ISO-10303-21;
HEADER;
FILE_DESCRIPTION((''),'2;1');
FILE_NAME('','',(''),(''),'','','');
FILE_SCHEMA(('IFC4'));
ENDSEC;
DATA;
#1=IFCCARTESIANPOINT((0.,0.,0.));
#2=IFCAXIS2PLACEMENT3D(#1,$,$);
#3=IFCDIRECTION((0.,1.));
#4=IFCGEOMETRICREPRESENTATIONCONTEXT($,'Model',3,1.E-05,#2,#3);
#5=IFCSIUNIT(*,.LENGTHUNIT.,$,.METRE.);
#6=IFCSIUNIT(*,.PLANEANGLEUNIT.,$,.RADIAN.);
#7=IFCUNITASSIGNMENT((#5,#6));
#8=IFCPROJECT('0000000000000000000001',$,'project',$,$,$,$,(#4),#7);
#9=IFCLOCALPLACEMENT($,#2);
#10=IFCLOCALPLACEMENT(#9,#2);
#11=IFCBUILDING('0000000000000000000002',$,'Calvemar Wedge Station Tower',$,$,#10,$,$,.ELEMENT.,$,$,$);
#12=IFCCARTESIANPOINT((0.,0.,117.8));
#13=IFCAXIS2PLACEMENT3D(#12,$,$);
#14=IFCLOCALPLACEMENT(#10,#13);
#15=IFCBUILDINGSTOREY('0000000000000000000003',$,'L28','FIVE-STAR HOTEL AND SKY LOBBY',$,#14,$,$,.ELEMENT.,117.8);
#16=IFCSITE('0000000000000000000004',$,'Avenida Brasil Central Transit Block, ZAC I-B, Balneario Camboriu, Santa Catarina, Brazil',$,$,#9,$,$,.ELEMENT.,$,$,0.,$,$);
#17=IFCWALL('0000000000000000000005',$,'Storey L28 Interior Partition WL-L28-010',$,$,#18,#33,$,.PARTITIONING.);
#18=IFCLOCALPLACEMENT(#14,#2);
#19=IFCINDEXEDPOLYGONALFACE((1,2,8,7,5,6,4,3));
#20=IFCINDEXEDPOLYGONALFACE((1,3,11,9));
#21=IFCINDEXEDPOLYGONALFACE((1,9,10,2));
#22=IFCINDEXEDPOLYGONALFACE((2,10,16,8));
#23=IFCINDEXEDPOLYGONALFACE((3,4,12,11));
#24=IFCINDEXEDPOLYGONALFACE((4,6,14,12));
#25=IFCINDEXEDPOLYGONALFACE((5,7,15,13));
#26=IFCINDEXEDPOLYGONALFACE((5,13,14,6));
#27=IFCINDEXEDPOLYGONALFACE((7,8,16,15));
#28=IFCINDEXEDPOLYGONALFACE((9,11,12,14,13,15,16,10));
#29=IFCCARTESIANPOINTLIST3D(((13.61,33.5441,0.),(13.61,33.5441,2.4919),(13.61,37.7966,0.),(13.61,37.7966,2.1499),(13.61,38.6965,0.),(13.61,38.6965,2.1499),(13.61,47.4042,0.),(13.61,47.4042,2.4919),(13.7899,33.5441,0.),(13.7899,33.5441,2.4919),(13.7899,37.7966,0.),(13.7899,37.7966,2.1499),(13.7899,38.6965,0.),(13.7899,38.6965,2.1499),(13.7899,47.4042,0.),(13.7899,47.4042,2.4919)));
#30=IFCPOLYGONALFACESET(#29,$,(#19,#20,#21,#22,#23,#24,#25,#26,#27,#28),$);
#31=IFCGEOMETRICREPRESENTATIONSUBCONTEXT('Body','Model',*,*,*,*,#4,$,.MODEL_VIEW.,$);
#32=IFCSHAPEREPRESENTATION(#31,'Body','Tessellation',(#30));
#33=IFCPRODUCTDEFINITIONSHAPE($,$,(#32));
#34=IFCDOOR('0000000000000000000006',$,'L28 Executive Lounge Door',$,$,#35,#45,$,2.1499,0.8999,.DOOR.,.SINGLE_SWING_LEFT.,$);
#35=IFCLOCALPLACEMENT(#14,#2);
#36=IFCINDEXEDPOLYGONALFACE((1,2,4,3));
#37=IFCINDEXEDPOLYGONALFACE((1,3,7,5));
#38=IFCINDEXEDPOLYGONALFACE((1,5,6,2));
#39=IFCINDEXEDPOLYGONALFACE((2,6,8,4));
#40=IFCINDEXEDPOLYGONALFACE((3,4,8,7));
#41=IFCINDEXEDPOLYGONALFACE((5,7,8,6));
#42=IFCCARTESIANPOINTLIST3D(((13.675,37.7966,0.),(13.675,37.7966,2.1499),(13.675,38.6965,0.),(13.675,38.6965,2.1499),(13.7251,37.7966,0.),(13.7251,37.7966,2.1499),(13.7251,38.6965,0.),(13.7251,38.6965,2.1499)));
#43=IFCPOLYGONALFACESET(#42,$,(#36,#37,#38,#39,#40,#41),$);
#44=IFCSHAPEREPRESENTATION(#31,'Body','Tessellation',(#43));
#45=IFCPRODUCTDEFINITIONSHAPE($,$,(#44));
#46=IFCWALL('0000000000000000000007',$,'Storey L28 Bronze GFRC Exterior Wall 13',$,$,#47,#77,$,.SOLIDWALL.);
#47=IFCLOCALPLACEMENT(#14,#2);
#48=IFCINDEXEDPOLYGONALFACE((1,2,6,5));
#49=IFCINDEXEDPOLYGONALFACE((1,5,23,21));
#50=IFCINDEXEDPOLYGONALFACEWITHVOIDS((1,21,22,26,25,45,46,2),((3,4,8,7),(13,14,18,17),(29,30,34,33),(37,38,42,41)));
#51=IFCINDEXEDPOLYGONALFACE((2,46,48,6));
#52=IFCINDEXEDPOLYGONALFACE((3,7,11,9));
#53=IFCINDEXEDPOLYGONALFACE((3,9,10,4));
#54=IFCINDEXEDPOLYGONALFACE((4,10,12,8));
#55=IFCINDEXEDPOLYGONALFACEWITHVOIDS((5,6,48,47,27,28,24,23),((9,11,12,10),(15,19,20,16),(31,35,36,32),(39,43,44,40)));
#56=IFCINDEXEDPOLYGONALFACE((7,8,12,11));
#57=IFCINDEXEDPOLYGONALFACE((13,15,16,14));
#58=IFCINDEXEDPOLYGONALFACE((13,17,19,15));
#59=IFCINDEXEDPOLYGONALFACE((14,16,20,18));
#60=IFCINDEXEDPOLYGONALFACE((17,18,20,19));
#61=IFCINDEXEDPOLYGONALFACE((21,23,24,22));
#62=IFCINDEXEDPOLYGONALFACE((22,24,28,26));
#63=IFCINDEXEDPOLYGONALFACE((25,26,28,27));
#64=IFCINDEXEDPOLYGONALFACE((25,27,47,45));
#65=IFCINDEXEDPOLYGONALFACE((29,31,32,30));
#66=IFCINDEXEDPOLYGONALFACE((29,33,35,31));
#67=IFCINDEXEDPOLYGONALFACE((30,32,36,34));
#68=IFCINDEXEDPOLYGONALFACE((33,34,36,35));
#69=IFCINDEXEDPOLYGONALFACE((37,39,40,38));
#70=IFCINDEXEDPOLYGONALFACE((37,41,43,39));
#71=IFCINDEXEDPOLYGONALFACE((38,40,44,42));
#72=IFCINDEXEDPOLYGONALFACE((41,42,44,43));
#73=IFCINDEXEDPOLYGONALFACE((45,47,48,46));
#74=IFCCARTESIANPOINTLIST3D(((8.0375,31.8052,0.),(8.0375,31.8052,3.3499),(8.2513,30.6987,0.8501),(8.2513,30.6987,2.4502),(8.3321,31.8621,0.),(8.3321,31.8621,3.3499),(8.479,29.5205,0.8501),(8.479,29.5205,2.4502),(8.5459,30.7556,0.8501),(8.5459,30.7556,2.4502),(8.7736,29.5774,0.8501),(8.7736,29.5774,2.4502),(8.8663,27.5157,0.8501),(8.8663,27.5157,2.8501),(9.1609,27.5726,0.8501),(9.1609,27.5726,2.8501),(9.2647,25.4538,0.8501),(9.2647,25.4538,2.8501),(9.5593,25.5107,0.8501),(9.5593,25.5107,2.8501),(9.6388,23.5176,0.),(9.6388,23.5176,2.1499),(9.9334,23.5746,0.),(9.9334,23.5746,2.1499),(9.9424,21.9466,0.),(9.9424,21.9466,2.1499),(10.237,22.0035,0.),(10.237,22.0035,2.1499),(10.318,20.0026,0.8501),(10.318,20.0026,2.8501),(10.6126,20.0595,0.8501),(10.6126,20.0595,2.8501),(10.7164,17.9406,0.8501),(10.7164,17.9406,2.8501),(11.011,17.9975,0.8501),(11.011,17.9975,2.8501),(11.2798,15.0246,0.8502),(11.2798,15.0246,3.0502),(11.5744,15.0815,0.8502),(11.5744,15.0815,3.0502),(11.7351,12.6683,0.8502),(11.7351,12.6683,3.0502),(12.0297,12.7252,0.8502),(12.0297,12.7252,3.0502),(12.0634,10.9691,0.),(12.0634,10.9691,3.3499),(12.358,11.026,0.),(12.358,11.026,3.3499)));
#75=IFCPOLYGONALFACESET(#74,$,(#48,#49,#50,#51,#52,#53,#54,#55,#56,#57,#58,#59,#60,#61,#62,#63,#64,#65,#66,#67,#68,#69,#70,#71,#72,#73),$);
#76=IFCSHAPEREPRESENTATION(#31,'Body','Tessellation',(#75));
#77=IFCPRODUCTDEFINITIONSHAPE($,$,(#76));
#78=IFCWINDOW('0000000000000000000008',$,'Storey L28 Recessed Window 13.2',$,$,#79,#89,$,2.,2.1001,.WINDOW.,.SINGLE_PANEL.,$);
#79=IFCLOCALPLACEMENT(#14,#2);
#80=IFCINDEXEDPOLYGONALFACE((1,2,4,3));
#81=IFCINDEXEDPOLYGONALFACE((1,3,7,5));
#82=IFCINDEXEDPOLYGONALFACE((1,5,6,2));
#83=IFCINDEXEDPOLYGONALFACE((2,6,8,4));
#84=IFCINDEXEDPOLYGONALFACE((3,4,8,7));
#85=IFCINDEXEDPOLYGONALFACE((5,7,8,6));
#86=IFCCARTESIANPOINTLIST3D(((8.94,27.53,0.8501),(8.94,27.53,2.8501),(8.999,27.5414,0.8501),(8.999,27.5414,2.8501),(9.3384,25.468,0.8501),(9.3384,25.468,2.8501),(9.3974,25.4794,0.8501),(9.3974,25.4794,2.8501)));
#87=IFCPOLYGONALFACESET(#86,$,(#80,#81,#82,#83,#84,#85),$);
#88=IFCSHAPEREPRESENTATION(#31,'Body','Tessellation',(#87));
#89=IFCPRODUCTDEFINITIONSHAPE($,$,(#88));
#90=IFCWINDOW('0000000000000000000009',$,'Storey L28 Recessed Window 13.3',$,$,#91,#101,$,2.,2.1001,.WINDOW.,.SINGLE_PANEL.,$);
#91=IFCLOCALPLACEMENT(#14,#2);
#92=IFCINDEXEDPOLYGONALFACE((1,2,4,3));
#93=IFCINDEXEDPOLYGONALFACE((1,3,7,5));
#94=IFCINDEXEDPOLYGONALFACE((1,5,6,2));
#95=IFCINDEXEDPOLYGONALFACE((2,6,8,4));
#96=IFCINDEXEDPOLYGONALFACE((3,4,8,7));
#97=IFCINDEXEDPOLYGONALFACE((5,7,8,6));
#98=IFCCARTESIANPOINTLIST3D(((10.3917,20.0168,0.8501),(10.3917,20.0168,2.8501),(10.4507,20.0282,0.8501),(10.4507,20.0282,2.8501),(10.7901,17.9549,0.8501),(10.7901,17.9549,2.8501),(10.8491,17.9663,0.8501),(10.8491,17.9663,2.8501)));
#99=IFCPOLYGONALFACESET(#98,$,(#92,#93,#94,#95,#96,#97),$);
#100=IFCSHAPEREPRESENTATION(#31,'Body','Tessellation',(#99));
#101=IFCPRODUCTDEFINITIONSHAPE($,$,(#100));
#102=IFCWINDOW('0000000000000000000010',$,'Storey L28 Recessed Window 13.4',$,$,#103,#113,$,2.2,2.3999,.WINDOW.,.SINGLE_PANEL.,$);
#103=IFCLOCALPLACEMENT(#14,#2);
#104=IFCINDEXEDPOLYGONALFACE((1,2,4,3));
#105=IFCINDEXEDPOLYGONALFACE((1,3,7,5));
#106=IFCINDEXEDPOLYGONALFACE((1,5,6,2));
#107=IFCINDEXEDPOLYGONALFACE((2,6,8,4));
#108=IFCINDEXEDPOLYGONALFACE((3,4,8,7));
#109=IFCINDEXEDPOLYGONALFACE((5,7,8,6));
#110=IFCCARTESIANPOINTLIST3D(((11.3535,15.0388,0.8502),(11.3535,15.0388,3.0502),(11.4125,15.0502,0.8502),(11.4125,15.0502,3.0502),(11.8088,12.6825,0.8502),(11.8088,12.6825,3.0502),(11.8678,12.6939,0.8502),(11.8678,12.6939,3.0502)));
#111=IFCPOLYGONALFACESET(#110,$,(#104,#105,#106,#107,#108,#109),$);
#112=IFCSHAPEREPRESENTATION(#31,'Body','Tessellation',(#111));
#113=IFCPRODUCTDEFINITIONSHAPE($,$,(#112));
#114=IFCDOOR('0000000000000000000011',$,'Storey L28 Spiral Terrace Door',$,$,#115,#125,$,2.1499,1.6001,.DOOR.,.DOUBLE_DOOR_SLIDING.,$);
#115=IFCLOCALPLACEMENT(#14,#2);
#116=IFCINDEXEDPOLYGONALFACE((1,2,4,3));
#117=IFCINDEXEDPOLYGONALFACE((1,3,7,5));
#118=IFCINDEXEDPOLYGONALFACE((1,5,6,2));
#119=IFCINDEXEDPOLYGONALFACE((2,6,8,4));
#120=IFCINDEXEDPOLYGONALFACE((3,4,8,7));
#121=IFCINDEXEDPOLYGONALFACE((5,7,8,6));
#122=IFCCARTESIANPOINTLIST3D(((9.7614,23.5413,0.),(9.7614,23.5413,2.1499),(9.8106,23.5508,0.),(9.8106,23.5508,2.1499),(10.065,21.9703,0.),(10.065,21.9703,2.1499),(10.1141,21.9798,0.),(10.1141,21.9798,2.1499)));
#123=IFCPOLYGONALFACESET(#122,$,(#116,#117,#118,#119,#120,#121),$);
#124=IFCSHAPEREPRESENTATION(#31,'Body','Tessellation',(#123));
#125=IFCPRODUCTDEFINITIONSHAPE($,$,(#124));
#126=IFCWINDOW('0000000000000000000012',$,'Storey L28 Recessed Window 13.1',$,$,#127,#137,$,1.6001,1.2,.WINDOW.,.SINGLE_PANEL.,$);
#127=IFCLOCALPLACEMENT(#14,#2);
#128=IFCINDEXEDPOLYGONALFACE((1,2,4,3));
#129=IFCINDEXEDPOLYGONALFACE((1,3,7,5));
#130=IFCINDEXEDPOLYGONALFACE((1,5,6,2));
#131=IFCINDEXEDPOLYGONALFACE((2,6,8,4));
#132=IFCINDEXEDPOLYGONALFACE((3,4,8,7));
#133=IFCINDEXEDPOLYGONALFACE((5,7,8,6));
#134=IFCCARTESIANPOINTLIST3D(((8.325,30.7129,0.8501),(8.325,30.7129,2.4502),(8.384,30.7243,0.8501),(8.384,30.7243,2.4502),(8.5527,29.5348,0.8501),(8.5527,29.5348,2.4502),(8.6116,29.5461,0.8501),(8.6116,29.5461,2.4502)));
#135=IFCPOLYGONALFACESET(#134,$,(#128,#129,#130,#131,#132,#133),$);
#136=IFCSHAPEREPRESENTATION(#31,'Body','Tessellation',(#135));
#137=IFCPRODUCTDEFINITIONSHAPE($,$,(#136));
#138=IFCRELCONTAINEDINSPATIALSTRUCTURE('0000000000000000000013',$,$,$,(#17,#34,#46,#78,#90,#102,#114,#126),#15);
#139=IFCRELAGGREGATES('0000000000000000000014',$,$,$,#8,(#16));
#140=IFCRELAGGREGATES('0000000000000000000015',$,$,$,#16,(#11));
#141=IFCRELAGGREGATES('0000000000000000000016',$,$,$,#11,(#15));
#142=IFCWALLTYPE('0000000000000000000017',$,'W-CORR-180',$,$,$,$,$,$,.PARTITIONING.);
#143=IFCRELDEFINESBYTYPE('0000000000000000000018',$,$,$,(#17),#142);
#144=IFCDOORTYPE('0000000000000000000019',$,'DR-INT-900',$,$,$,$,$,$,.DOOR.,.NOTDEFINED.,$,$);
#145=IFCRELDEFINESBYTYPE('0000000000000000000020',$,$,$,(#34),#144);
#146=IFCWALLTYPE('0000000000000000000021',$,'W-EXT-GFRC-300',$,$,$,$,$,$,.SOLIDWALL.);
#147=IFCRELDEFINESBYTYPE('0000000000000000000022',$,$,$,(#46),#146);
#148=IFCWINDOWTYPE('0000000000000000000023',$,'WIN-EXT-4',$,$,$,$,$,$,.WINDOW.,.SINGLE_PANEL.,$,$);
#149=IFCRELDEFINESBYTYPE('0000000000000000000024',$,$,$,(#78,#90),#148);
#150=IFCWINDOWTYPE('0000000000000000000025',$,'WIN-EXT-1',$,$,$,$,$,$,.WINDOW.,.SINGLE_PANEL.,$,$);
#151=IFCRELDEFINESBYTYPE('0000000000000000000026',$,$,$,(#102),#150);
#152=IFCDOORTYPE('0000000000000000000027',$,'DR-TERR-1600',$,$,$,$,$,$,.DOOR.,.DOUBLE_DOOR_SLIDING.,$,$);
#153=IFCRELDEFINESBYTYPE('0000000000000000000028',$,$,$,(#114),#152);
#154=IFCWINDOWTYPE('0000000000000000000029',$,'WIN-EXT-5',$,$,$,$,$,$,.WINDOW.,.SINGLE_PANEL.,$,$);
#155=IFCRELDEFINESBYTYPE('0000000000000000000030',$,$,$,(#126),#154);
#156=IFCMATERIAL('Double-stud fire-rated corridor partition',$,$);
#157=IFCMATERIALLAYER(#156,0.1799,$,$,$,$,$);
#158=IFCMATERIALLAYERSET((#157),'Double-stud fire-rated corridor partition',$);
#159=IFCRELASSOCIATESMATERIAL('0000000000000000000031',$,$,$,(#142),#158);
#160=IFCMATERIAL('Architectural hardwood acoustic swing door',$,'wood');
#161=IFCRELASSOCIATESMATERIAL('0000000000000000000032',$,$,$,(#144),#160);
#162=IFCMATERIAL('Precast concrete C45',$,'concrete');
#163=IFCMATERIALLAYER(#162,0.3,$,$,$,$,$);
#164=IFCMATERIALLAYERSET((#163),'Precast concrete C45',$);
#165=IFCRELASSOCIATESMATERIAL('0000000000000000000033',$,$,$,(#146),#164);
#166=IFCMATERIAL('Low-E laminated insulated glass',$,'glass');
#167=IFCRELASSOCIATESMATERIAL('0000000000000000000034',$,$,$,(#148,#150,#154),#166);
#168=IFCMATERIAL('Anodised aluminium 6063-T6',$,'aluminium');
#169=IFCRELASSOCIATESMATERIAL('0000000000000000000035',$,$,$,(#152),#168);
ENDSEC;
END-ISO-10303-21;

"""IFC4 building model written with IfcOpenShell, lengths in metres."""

from ifc_helpers import new_model, si_unit, direction, frame, frame_2d, origin, place, context, subcontext, project, spatial, rectangle, extrude, source, transform, mapped, material, layer, layer_set, type_object, element, fill, save


model = new_model("IFC4")

# Units and contexts
model_context = context("Model", 3, precision=1e-05, world=origin(), true_north=direction((0.0, 1.0)))
body_context = subcontext(model_context, "Body", "Model", "MODEL_VIEW")
ifc_project = project(units=[si_unit("LENGTHUNIT", "METRE"), si_unit("PLANEANGLEUNIT", "RADIAN")], contexts=[model_context])

# Site, building, storey
site_placement = place(None, origin())
site = spatial("IfcSite", under=ifc_project, at=site_placement, Name="Avenida Brasil Central Transit Block, ZAC I-B, Balneario Camboriu, Santa Catarina, Brazil", CompositionType="ELEMENT", RefElevation=0.0)
building_placement = place(site_placement, origin())
building = spatial("IfcBuilding", under=site, at=building_placement, Name="Calvemar Wedge Station Tower", CompositionType="ELEMENT")
storey_placement = place(building_placement, frame((0.0, 0.0, 117.8)))
storey = spatial("IfcBuildingStorey", under=building, at=storey_placement, Name="L28", Description="FIVE-STAR HOTEL AND SKY LOBBY", CompositionType="ELEMENT", Elevation=117.8)

# Shared definitions
ifc_material_1 = material(Name="Precast concrete C45", Category="concrete")

# Shared definitions
ifc_material_2 = material(Name="Double-stud fire-rated corridor partition")
ifc_layer_1 = layer(ifc_material_2, 0.1799)
ifc_layer_set_1 = layer_set([ifc_layer_1], Name="Double-stud fire-rated corridor partition")
wall_type_1 = type_object("IfcWallType", Name="W-CORR-180", PredefinedType="PARTITIONING", material=ifc_layer_set_1)

# Wall, opening, door
wall_1_placement = place(storey_placement, frame((13.7, 33.5439, 0.0), z_axis=(0.0, 0.0, 1.0), x_axis=(0.0, 1.0, 0.0)))
wall_1 = element("IfcWall", 1, at=wall_1_placement, inside=storey, type_object=wall_type_1, Name="Storey L28 Interior Partition WL-L28-010", PredefinedType="PARTITIONING", context=body_context, shape_type="SweptSolid", body=[
    extrude(rectangle(XDim=13.8601, YDim=0.1799, at=frame_2d((6.9302, 0.0))), origin(), (0.0, 0.0, 1.0), 2.4919),
])
shared_shape_1 = source(origin(), body_context, "Body", "SweptSolid", [
    extrude(rectangle(XDim=0.8999, YDim=2.1499, at=frame_2d((0.45, 1.075))), frame((0.0, 0.1001, 0.0), z_axis=(0.0, -1.0, 0.0), x_axis=(1.0, 0.0, 0.0)), (0.0, 0.0, 1.0), 0.2),
])
opening_1_placement = place(wall_1_placement, frame((4.2527, 0.0, 0.0)))
opening_1 = element("IfcOpeningElement", 2, at=opening_1_placement, cuts=wall_1, PredefinedType="OPENING", context=body_context, shape_type="MappedRepresentation", body=[
    mapped(shared_shape_1, transform((0.0, 0.0, 0.0), scale=1.0)),
])
ifc_material_3 = material(Name="Architectural hardwood acoustic swing door", Category="wood")
door_type_1 = type_object("IfcDoorType", Name="DR-INT-900", OperationType="NOTDEFINED", PredefinedType="DOOR", material=ifc_material_3)
shared_shape_2 = source(origin(), body_context, "Body", "SweptSolid", [
    extrude(rectangle(XDim=0.8999, YDim=2.1499, at=frame_2d((0.45, 1.075))), frame((0.0, 0.0249, 0.0), z_axis=(0.0, -1.0, 0.0), x_axis=(1.0, 0.0, 0.0)), (0.0, 0.0, 1.0), 0.05),
])
door_1_placement = place(opening_1_placement, origin())
door_1 = element("IfcDoor", 3, at=door_1_placement, inside=storey, type_object=door_type_1, Name="L28 Executive Lounge Door", OperationType="SINGLE_SWING_LEFT", OverallHeight=2.1499, OverallWidth=0.8999, PredefinedType="DOOR", context=body_context, shape_type="MappedRepresentation", body=[
    mapped(shared_shape_2, transform((0.0, 0.0, 0.0), scale=1.0)),
])
fill(opening_1, door_1)

# Wall, openings, windows, door
ifc_layer_2 = layer(ifc_material_1, 0.3)
ifc_layer_set_2 = layer_set([ifc_layer_2], Name="Precast concrete C45")
wall_type_2 = type_object("IfcWallType", Name="W-EXT-GFRC-300", PredefinedType="SOLIDWALL", material=ifc_layer_set_2)
wall_2_placement = place(storey_placement, frame((8.1848, 31.8337, 0.0), z_axis=(0.0, 0.0, 1.0), x_axis=(0.189707, -0.981841, 0.0)))
wall_2 = element("IfcWall", 4, at=wall_2_placement, inside=storey, type_object=wall_type_2, Name="Storey L28 Bronze GFRC Exterior Wall 13", PredefinedType="SOLIDWALL", context=body_context, shape_type="SweptSolid", body=[
    extrude(rectangle(XDim=21.2214, YDim=0.3, at=frame_2d((10.6108, 0.0))), origin(), (0.0, 0.0, 1.0), 3.3499),
])
shared_shape_3 = source(origin(), body_context, "Body", "SweptSolid", [
    extrude(rectangle(XDim=1.6001, YDim=2.1499, at=frame_2d((0.8, 1.075))), frame((0.0, 0.1602, 0.0), z_axis=(0.0, -1.0, 0.0), x_axis=(1.0, 0.0, 0.0)), (0.0, 0.0, 1.0), 0.3201),
])
opening_2_placement = place(wall_2_placement, frame((8.4409, 0.0, 0.0)))
opening_2 = element("IfcOpeningElement", 5, at=opening_2_placement, cuts=wall_2, PredefinedType="OPENING", context=body_context, shape_type="MappedRepresentation", body=[
    mapped(shared_shape_3, transform((0.0, 0.0, 0.0), scale=1.0)),
])
shared_shape_4 = source(origin(), body_context, "Body", "SweptSolid", [
    extrude(rectangle(XDim=1.2, YDim=1.6001, at=frame_2d((0.6001, 0.8))), frame((0.0, 0.1602, 0.0), z_axis=(0.0, -1.0, 0.0), x_axis=(1.0, 0.0, 0.0)), (0.0, 0.0, 1.0), 0.3201),
])
opening_3_placement = place(wall_2_placement, frame((1.127, 0.0, 0.8501)))
opening_3 = element("IfcOpeningElement", 6, at=opening_3_placement, cuts=wall_2, PredefinedType="OPENING", context=body_context, shape_type="MappedRepresentation", body=[
    mapped(shared_shape_4, transform((0.0, 0.0, 0.0), scale=1.0)),
])
shared_shape_5 = source(origin(), body_context, "Body", "SweptSolid", [
    extrude(rectangle(XDim=2.1001, YDim=2.0, at=frame_2d((1.05, 1.0))), frame((0.0, 0.1602, 0.0), z_axis=(0.0, -1.0, 0.0), x_axis=(1.0, 0.0, 0.0)), (0.0, 0.0, 1.0), 0.3201),
])
opening_4_placement = place(wall_2_placement, frame((4.3689, 0.0, 0.8501)))
opening_4 = element("IfcOpeningElement", 7, at=opening_4_placement, cuts=wall_2, PredefinedType="OPENING", context=body_context, shape_type="MappedRepresentation", body=[
    mapped(shared_shape_5, transform((0.0, 0.0, 0.0), scale=1.0)),
])
opening_5_placement = place(wall_2_placement, frame((12.021, 0.0, 0.8501)))
opening_5 = element("IfcOpeningElement", 8, at=opening_5_placement, cuts=wall_2, PredefinedType="OPENING", context=body_context, shape_type="MappedRepresentation", body=[
    mapped(shared_shape_5, transform((0.0, 0.0, 0.0), scale=1.0)),
])
shared_shape_6 = source(origin(), body_context, "Body", "SweptSolid", [
    extrude(rectangle(XDim=2.3999, YDim=2.2, at=frame_2d((1.2, 1.1001))), frame((0.0, 0.1602, 0.0), z_axis=(0.0, -1.0, 0.0), x_axis=(1.0, 0.0, 0.0)), (0.0, 0.0, 1.0), 0.3201),
])
opening_6_placement = place(wall_2_placement, frame((17.0911, 0.0, 0.8501)))
opening_6 = element("IfcOpeningElement", 9, at=opening_6_placement, cuts=wall_2, PredefinedType="OPENING", context=body_context, shape_type="MappedRepresentation", body=[
    mapped(shared_shape_6, transform((0.0, 0.0, 0.0), scale=1.0)),
])
ifc_material_4 = material(Name="Low-E laminated insulated glass", Category="glass")
window_type_1 = type_object("IfcWindowType", Name="WIN-EXT-4", PartitioningType="SINGLE_PANEL", PredefinedType="WINDOW", material=ifc_material_4)
shared_shape_7 = source(origin(), body_context, "Body", "SweptSolid", [
    extrude(rectangle(XDim=2.1001, YDim=2.0, at=frame_2d((1.05, 1.0))), frame((0.0, -0.0149, 0.0), z_axis=(0.0, -1.0, 0.0), x_axis=(1.0, 0.0, 0.0)), (0.0, 0.0, 1.0), 0.0601),
])
window_1_placement = place(opening_4_placement, origin())
window_1 = element("IfcWindow", 10, at=window_1_placement, inside=storey, type_object=window_type_1, Name="Storey L28 Recessed Window 13.2", OverallHeight=2.0, OverallWidth=2.1001, PartitioningType="SINGLE_PANEL", PredefinedType="WINDOW", context=body_context, shape_type="MappedRepresentation", body=[
    mapped(shared_shape_7, transform((0.0, 0.0, 0.0), scale=1.0)),
])
fill(opening_4, window_1)
window_2_placement = place(opening_5_placement, origin())
window_2 = element("IfcWindow", 11, at=window_2_placement, inside=storey, type_object=window_type_1, Name="Storey L28 Recessed Window 13.3", OverallHeight=2.0, OverallWidth=2.1001, PartitioningType="SINGLE_PANEL", PredefinedType="WINDOW", context=body_context, shape_type="MappedRepresentation", body=[
    mapped(shared_shape_7, transform((0.0, 0.0, 0.0), scale=1.0)),
])
fill(opening_5, window_2)
window_type_2 = type_object("IfcWindowType", Name="WIN-EXT-1", PartitioningType="SINGLE_PANEL", PredefinedType="WINDOW", material=ifc_material_4)
shared_shape_8 = source(origin(), body_context, "Body", "SweptSolid", [
    extrude(rectangle(XDim=2.3999, YDim=2.2, at=frame_2d((1.2, 1.1001))), frame((0.0, -0.0149, 0.0), z_axis=(0.0, -1.0, 0.0), x_axis=(1.0, 0.0, 0.0)), (0.0, 0.0, 1.0), 0.0601),
])
window_3_placement = place(opening_6_placement, origin())
window_3 = element("IfcWindow", 12, at=window_3_placement, inside=storey, type_object=window_type_2, Name="Storey L28 Recessed Window 13.4", OverallHeight=2.2, OverallWidth=2.3999, PartitioningType="SINGLE_PANEL", PredefinedType="WINDOW", context=body_context, shape_type="MappedRepresentation", body=[
    mapped(shared_shape_8, transform((0.0, 0.0, 0.0), scale=1.0)),
])
fill(opening_6, window_3)
ifc_material_5 = material(Name="Anodised aluminium 6063-T6", Category="aluminium")
door_type_2 = type_object("IfcDoorType", Name="DR-TERR-1600", OperationType="DOUBLE_DOOR_SLIDING", PredefinedType="DOOR", material=ifc_material_5)
shared_shape_9 = source(origin(), body_context, "Body", "SweptSolid", [
    extrude(rectangle(XDim=1.6001, YDim=2.1499, at=frame_2d((0.8, 1.075))), frame((0.0, 0.0249, 0.0), z_axis=(0.0, -1.0, 0.0), x_axis=(1.0, 0.0, 0.0)), (0.0, 0.0, 1.0), 0.05),
])
door_2_placement = place(opening_2_placement, origin())
door_2 = element("IfcDoor", 13, at=door_2_placement, inside=storey, type_object=door_type_2, Name="Storey L28 Spiral Terrace Door", OperationType="DOUBLE_DOOR_SLIDING", OverallHeight=2.1499, OverallWidth=1.6001, PredefinedType="DOOR", context=body_context, shape_type="MappedRepresentation", body=[
    mapped(shared_shape_9, transform((0.0, 0.0, 0.0), scale=1.0)),
])
fill(opening_2, door_2)
window_type_3 = type_object("IfcWindowType", Name="WIN-EXT-5", PartitioningType="SINGLE_PANEL", PredefinedType="WINDOW", material=ifc_material_4)
shared_shape_10 = source(origin(), body_context, "Body", "SweptSolid", [
    extrude(rectangle(XDim=1.2, YDim=1.6001, at=frame_2d((0.6001, 0.8))), frame((0.0, -0.0149, 0.0), z_axis=(0.0, -1.0, 0.0), x_axis=(1.0, 0.0, 0.0)), (0.0, 0.0, 1.0), 0.0601),
])
window_4_placement = place(opening_3_placement, origin())
window_4 = element("IfcWindow", 14, at=window_4_placement, inside=storey, type_object=window_type_3, Name="Storey L28 Recessed Window 13.1", OverallHeight=1.6001, OverallWidth=1.2, PartitioningType="SINGLE_PANEL", PredefinedType="WINDOW", context=body_context, shape_type="MappedRepresentation", body=[
    mapped(shared_shape_10, transform((0.0, 0.0, 0.0), scale=1.0)),
])
fill(opening_3, window_4)

save(model, "model.ifc")
